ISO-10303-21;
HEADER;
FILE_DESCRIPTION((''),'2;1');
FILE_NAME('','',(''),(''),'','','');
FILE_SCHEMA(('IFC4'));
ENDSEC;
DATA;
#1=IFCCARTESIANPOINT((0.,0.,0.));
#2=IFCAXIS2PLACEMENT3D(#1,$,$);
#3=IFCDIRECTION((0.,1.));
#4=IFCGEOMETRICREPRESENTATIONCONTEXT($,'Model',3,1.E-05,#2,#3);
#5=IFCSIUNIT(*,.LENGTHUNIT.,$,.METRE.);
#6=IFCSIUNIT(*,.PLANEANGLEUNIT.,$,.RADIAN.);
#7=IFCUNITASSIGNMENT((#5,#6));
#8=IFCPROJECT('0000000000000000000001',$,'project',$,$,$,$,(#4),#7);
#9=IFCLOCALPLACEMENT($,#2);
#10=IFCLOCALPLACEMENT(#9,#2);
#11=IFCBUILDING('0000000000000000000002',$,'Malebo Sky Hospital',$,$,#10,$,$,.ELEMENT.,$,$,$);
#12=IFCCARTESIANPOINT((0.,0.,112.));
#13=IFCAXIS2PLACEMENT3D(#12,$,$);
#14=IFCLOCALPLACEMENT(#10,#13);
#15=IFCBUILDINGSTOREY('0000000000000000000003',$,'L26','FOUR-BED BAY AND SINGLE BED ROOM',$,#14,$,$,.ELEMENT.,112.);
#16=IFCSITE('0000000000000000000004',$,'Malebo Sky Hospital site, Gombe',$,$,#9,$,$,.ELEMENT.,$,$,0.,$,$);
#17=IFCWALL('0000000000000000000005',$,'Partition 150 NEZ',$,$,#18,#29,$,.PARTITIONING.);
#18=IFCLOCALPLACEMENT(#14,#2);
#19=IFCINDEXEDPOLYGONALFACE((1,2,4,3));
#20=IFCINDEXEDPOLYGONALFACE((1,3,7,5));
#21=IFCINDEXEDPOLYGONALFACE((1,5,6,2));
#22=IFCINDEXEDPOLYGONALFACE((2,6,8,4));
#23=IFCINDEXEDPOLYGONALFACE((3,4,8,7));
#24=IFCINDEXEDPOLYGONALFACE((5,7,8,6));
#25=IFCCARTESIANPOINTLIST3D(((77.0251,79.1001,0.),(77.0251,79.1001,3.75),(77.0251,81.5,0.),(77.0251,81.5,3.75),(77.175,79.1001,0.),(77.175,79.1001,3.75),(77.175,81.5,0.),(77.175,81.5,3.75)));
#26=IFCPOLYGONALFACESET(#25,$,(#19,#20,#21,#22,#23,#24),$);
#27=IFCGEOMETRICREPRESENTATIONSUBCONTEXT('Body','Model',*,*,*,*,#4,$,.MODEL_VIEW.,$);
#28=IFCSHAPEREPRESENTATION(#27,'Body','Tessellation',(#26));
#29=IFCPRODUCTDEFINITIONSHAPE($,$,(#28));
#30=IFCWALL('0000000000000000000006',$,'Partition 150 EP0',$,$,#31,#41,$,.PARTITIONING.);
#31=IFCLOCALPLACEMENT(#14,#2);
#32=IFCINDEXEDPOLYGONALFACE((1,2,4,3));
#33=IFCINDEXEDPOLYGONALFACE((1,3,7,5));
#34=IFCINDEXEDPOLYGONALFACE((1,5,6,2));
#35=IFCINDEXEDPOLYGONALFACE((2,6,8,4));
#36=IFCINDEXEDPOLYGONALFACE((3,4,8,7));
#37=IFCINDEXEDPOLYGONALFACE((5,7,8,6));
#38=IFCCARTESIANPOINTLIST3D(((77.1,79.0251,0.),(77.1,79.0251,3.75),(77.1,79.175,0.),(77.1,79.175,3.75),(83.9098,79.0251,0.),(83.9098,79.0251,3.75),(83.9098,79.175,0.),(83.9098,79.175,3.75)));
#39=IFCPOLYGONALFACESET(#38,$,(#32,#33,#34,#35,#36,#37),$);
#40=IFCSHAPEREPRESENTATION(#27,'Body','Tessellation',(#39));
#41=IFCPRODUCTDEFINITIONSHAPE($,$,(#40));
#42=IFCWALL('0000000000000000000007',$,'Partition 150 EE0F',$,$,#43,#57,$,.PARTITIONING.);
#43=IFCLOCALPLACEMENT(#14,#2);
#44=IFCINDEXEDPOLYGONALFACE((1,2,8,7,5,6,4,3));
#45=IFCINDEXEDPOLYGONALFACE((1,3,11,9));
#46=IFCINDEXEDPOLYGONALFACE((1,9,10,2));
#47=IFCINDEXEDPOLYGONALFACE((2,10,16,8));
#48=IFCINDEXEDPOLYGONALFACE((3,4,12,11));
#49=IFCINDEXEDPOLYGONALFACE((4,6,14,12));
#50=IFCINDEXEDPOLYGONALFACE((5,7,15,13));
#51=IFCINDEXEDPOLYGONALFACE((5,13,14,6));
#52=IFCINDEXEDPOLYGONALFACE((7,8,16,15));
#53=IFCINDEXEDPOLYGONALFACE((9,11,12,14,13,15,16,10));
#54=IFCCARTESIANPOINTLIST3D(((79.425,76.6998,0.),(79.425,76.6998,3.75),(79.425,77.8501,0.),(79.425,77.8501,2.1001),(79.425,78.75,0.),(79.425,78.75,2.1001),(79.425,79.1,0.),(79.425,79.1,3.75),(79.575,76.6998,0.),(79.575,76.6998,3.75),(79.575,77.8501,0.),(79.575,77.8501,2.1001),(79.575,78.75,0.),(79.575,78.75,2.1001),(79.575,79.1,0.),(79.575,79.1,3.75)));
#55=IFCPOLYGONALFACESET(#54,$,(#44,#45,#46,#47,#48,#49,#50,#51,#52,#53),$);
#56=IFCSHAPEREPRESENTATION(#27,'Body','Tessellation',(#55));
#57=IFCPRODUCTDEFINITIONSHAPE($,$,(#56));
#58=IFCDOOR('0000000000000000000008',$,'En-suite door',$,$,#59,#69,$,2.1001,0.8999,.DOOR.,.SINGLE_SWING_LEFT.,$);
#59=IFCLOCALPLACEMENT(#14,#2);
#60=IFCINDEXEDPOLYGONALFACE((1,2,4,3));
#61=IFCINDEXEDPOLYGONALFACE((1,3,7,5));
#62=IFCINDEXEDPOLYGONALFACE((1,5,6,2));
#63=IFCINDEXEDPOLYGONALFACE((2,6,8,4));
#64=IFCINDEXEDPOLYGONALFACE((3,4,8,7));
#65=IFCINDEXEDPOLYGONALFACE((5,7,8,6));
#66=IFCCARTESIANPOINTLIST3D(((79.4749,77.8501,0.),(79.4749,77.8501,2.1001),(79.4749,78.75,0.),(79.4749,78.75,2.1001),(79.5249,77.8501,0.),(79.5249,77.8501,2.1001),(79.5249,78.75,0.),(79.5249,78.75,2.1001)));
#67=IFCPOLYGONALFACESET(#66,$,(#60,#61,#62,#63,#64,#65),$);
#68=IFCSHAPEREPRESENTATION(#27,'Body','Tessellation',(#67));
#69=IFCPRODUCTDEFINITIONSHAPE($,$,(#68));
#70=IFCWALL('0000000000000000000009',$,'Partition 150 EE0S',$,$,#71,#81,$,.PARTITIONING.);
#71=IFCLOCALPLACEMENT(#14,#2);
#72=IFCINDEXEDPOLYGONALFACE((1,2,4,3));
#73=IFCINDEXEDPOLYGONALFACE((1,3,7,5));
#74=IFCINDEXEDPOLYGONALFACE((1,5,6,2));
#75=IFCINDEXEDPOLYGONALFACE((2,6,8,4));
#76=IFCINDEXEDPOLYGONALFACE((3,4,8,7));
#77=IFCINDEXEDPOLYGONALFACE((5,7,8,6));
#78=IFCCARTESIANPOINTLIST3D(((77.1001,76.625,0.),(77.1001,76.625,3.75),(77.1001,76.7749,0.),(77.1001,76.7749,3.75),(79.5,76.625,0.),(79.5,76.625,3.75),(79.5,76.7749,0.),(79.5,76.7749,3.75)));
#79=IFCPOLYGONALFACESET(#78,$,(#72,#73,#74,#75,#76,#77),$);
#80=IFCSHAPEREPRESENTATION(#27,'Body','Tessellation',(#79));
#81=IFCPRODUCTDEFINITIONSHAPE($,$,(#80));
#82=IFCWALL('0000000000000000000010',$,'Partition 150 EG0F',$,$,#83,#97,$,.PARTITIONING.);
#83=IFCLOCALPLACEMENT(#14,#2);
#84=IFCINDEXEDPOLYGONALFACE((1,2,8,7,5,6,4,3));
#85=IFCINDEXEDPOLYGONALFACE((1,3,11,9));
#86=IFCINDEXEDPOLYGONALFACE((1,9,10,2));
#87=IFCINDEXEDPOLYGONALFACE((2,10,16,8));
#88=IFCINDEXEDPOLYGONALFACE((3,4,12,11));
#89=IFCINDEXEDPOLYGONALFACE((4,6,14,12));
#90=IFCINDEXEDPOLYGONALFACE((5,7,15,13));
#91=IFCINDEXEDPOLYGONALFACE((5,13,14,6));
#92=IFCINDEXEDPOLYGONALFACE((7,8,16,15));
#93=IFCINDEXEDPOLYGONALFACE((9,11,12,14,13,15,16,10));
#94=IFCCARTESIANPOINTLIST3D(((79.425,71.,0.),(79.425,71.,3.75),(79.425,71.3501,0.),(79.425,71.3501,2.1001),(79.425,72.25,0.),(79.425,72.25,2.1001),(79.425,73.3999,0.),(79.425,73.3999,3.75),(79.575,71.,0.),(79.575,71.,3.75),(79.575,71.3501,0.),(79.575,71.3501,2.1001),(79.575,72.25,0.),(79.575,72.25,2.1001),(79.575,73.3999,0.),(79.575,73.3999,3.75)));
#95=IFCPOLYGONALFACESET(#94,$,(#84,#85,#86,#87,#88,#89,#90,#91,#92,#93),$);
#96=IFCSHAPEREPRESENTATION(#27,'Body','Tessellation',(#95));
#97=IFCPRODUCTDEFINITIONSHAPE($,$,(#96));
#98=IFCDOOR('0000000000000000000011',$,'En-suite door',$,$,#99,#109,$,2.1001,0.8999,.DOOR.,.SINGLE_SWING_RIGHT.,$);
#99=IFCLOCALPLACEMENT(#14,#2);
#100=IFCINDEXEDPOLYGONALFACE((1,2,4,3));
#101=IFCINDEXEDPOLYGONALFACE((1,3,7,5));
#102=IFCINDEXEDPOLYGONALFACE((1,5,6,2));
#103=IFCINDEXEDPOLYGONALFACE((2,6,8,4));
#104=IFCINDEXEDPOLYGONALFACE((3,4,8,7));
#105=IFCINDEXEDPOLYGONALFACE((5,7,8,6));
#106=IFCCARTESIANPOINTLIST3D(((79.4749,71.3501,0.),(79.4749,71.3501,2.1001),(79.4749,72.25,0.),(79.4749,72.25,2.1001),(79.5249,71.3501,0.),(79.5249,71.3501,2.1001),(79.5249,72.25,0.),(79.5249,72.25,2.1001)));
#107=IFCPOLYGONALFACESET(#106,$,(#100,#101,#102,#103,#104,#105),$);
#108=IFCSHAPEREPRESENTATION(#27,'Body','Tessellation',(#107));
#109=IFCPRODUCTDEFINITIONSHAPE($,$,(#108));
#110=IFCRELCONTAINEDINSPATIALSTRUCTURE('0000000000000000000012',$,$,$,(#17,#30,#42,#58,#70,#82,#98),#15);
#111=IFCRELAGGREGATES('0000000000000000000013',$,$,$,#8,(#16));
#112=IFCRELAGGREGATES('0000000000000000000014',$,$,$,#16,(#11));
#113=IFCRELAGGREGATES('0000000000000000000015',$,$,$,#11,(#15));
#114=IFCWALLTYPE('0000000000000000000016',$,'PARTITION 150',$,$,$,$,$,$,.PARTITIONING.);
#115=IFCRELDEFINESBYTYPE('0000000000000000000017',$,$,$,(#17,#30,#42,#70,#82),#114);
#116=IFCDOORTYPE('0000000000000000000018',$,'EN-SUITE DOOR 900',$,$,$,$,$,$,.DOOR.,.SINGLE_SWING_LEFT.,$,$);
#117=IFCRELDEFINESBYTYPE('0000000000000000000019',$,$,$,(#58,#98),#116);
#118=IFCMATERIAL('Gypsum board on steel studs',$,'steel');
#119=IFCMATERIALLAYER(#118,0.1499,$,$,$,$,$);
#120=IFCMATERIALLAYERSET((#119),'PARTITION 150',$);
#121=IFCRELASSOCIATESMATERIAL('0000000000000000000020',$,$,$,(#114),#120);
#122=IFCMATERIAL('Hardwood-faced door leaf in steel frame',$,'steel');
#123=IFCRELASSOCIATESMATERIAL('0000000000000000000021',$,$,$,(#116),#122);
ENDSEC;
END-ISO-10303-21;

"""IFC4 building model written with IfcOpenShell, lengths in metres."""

from ifc_helpers import new_model, si_unit, direction, frame, frame_2d, origin, place, context, subcontext, project, spatial, rectangle, extrude, material, layer, layer_set, type_object, element, fill, save


model = new_model("IFC4")

# Units and contexts
model_context = context("Model", 3, precision=1e-05, world=origin(), true_north=direction((0.0, 1.0)))
body_context = subcontext(model_context, "Body", "Model", "MODEL_VIEW")
ifc_project = project(units=[si_unit("LENGTHUNIT", "METRE"), si_unit("PLANEANGLEUNIT", "RADIAN")], contexts=[model_context])

# Site, building, storey
site_placement = place(None, origin())
site = spatial("IfcSite", under=ifc_project, at=site_placement, Name="Malebo Sky Hospital site, Gombe", CompositionType="ELEMENT", RefElevation=0.0)
building_placement = place(site_placement, origin())
building = spatial("IfcBuilding", under=site, at=building_placement, Name="Malebo Sky Hospital", CompositionType="ELEMENT")
storey_placement = place(building_placement, frame((0.0, 0.0, 112.0)))
storey = spatial("IfcBuildingStorey", under=building, at=storey_placement, Name="L26", Description="FOUR-BED BAY AND SINGLE BED ROOM", CompositionType="ELEMENT", Elevation=112.0)

# Shared definitions
ifc_material_1 = material(Name="Gypsum board on steel studs", Category="steel")
ifc_material_2 = material(Name="Hardwood-faced door leaf in steel frame", Category="steel")

# Walls
ifc_layer_1 = layer(ifc_material_1, 0.1499)
ifc_layer_set_1 = layer_set([ifc_layer_1], Name="PARTITION 150")
wall_type_1 = type_object("IfcWallType", Name="PARTITION 150", PredefinedType="PARTITIONING", material=ifc_layer_set_1)
for number, where, z_axis, x_axis, name in (
    (1, (77.1001, 79.1001, 0.0), (0.0, 0.0, 1.0), (0.0, 1.0, 0.0), "Partition 150 NEZ"),
):
    element("IfcWall", number, at=place(storey_placement, frame(where, z_axis=z_axis, x_axis=x_axis)), inside=storey, type_object=wall_type_1, Name=name, PredefinedType="PARTITIONING", context=body_context, shape_type="SweptSolid", body=[
        extrude(rectangle(XDim=2.3999, YDim=0.1499, at=frame_2d((1.2, 0.0))), origin(), (0.0, 0.0, 1.0), 3.75),
    ])
wall_1_placement = place(storey_placement, frame((77.1001, 79.1001, 0.0), z_axis=(0.0, 0.0, 1.0), x_axis=(1.0, 0.0, 0.0)))
element("IfcWall", 2, at=wall_1_placement, inside=storey, type_object=wall_type_1, Name="Partition 150 EP0", PredefinedType="PARTITIONING", context=body_context, shape_type="SweptSolid", body=[
    extrude(rectangle(XDim=6.8098, YDim=0.1499, at=frame_2d((3.4048, 0.0))), origin(), (0.0, 0.0, 1.0), 3.75),
])

# Wall, opening, door
wall_2_placement = place(storey_placement, frame((79.5, 79.1001, 0.0), z_axis=(0.0, 0.0, 1.0), x_axis=(0.0, -1.0, 0.0)))
wall_2 = element("IfcWall", 3, at=wall_2_placement, inside=storey, type_object=wall_type_1, Name="Partition 150 EE0F", PredefinedType="PARTITIONING", context=body_context, shape_type="SweptSolid", body=[
    extrude(rectangle(XDim=2.4001, YDim=0.1499, at=frame_2d((1.2002, 0.0))), origin(), (0.0, 0.0, 1.0), 3.75),
])
opening_1_placement = place(wall_2_placement, frame((0.3501, 0.0, 0.0)))
opening_1 = element("IfcOpeningElement", 4, at=opening_1_placement, cuts=wall_2, PredefinedType="OPENING", context=body_context, shape_type="SweptSolid", body=[
    extrude(rectangle(XDim=0.8999, YDim=2.1001, at=frame_2d((0.45, 1.05))), frame((0.0, 0.085, 0.0), z_axis=(0.0, -1.0, 0.0), x_axis=(1.0, 0.0, 0.0)), (0.0, 0.0, 1.0), 0.1699),
])
door_type_1 = type_object("IfcDoorType", Name="EN-SUITE DOOR 900", OperationType="SINGLE_SWING_LEFT", PredefinedType="DOOR", material=ifc_material_2)
door_1_placement = place(opening_1_placement, origin())
door_1 = element("IfcDoor", 5, at=door_1_placement, inside=storey, type_object=door_type_1, Name="En-suite door", OperationType="SINGLE_SWING_LEFT", OverallHeight=2.1001, OverallWidth=0.8999, PredefinedType="DOOR", context=body_context, shape_type="SweptSolid", body=[
    extrude(rectangle(XDim=0.8999, YDim=2.1001, at=frame_2d((0.45, 1.05))), frame((0.0, 0.0249, 0.0), z_axis=(0.0, -1.0, 0.0), x_axis=(1.0, 0.0, 0.0)), (0.0, 0.0, 1.0), 0.05),
])
fill(opening_1, door_1)

# Wall
wall_3_placement = place(storey_placement, frame((77.1001, 76.7, 0.0), z_axis=(0.0, 0.0, 1.0), x_axis=(1.0, 0.0, 0.0)))
element("IfcWall", 6, at=wall_3_placement, inside=storey, type_object=wall_type_1, Name="Partition 150 EE0S", PredefinedType="PARTITIONING", context=body_context, shape_type="SweptSolid", body=[
    extrude(rectangle(XDim=2.3999, YDim=0.1499, at=frame_2d((1.2, 0.0))), origin(), (0.0, 0.0, 1.0), 3.75),
])

# Wall, opening, door
wall_4_placement = place(storey_placement, frame((79.5, 73.3999, 0.0), z_axis=(0.0, 0.0, 1.0), x_axis=(0.0, -1.0, 0.0)))
wall_4 = element("IfcWall", 7, at=wall_4_placement, inside=storey, type_object=wall_type_1, Name="Partition 150 EG0F", PredefinedType="PARTITIONING", context=body_context, shape_type="SweptSolid", body=[
    extrude(rectangle(XDim=2.3999, YDim=0.1499, at=frame_2d((1.2, 0.0))), origin(), (0.0, 0.0, 1.0), 3.75),
])
opening_2_placement = place(wall_4_placement, frame((1.1499, 0.0, 0.0)))
opening_2 = element("IfcOpeningElement", 8, at=opening_2_placement, cuts=wall_4, PredefinedType="OPENING", context=body_context, shape_type="SweptSolid", body=[
    extrude(rectangle(XDim=0.8999, YDim=2.1001, at=frame_2d((0.45, 1.05))), frame((0.0, 0.085, 0.0), z_axis=(0.0, -1.0, 0.0), x_axis=(1.0, 0.0, 0.0)), (0.0, 0.0, 1.0), 0.1699),
])
door_2_placement = place(opening_2_placement, origin())
door_2 = element("IfcDoor", 9, at=door_2_placement, inside=storey, type_object=door_type_1, Name="En-suite door", OperationType="SINGLE_SWING_RIGHT", OverallHeight=2.1001, OverallWidth=0.8999, PredefinedType="DOOR", context=body_context, shape_type="SweptSolid", body=[
    extrude(rectangle(XDim=0.8999, YDim=2.1001, at=frame_2d((0.45, 1.05))), frame((0.0, 0.0249, 0.0), z_axis=(0.0, -1.0, 0.0), x_axis=(1.0, 0.0, 0.0)), (0.0, 0.0, 1.0), 0.05),
])
fill(opening_2, door_2)

save(model, "model.ifc")
